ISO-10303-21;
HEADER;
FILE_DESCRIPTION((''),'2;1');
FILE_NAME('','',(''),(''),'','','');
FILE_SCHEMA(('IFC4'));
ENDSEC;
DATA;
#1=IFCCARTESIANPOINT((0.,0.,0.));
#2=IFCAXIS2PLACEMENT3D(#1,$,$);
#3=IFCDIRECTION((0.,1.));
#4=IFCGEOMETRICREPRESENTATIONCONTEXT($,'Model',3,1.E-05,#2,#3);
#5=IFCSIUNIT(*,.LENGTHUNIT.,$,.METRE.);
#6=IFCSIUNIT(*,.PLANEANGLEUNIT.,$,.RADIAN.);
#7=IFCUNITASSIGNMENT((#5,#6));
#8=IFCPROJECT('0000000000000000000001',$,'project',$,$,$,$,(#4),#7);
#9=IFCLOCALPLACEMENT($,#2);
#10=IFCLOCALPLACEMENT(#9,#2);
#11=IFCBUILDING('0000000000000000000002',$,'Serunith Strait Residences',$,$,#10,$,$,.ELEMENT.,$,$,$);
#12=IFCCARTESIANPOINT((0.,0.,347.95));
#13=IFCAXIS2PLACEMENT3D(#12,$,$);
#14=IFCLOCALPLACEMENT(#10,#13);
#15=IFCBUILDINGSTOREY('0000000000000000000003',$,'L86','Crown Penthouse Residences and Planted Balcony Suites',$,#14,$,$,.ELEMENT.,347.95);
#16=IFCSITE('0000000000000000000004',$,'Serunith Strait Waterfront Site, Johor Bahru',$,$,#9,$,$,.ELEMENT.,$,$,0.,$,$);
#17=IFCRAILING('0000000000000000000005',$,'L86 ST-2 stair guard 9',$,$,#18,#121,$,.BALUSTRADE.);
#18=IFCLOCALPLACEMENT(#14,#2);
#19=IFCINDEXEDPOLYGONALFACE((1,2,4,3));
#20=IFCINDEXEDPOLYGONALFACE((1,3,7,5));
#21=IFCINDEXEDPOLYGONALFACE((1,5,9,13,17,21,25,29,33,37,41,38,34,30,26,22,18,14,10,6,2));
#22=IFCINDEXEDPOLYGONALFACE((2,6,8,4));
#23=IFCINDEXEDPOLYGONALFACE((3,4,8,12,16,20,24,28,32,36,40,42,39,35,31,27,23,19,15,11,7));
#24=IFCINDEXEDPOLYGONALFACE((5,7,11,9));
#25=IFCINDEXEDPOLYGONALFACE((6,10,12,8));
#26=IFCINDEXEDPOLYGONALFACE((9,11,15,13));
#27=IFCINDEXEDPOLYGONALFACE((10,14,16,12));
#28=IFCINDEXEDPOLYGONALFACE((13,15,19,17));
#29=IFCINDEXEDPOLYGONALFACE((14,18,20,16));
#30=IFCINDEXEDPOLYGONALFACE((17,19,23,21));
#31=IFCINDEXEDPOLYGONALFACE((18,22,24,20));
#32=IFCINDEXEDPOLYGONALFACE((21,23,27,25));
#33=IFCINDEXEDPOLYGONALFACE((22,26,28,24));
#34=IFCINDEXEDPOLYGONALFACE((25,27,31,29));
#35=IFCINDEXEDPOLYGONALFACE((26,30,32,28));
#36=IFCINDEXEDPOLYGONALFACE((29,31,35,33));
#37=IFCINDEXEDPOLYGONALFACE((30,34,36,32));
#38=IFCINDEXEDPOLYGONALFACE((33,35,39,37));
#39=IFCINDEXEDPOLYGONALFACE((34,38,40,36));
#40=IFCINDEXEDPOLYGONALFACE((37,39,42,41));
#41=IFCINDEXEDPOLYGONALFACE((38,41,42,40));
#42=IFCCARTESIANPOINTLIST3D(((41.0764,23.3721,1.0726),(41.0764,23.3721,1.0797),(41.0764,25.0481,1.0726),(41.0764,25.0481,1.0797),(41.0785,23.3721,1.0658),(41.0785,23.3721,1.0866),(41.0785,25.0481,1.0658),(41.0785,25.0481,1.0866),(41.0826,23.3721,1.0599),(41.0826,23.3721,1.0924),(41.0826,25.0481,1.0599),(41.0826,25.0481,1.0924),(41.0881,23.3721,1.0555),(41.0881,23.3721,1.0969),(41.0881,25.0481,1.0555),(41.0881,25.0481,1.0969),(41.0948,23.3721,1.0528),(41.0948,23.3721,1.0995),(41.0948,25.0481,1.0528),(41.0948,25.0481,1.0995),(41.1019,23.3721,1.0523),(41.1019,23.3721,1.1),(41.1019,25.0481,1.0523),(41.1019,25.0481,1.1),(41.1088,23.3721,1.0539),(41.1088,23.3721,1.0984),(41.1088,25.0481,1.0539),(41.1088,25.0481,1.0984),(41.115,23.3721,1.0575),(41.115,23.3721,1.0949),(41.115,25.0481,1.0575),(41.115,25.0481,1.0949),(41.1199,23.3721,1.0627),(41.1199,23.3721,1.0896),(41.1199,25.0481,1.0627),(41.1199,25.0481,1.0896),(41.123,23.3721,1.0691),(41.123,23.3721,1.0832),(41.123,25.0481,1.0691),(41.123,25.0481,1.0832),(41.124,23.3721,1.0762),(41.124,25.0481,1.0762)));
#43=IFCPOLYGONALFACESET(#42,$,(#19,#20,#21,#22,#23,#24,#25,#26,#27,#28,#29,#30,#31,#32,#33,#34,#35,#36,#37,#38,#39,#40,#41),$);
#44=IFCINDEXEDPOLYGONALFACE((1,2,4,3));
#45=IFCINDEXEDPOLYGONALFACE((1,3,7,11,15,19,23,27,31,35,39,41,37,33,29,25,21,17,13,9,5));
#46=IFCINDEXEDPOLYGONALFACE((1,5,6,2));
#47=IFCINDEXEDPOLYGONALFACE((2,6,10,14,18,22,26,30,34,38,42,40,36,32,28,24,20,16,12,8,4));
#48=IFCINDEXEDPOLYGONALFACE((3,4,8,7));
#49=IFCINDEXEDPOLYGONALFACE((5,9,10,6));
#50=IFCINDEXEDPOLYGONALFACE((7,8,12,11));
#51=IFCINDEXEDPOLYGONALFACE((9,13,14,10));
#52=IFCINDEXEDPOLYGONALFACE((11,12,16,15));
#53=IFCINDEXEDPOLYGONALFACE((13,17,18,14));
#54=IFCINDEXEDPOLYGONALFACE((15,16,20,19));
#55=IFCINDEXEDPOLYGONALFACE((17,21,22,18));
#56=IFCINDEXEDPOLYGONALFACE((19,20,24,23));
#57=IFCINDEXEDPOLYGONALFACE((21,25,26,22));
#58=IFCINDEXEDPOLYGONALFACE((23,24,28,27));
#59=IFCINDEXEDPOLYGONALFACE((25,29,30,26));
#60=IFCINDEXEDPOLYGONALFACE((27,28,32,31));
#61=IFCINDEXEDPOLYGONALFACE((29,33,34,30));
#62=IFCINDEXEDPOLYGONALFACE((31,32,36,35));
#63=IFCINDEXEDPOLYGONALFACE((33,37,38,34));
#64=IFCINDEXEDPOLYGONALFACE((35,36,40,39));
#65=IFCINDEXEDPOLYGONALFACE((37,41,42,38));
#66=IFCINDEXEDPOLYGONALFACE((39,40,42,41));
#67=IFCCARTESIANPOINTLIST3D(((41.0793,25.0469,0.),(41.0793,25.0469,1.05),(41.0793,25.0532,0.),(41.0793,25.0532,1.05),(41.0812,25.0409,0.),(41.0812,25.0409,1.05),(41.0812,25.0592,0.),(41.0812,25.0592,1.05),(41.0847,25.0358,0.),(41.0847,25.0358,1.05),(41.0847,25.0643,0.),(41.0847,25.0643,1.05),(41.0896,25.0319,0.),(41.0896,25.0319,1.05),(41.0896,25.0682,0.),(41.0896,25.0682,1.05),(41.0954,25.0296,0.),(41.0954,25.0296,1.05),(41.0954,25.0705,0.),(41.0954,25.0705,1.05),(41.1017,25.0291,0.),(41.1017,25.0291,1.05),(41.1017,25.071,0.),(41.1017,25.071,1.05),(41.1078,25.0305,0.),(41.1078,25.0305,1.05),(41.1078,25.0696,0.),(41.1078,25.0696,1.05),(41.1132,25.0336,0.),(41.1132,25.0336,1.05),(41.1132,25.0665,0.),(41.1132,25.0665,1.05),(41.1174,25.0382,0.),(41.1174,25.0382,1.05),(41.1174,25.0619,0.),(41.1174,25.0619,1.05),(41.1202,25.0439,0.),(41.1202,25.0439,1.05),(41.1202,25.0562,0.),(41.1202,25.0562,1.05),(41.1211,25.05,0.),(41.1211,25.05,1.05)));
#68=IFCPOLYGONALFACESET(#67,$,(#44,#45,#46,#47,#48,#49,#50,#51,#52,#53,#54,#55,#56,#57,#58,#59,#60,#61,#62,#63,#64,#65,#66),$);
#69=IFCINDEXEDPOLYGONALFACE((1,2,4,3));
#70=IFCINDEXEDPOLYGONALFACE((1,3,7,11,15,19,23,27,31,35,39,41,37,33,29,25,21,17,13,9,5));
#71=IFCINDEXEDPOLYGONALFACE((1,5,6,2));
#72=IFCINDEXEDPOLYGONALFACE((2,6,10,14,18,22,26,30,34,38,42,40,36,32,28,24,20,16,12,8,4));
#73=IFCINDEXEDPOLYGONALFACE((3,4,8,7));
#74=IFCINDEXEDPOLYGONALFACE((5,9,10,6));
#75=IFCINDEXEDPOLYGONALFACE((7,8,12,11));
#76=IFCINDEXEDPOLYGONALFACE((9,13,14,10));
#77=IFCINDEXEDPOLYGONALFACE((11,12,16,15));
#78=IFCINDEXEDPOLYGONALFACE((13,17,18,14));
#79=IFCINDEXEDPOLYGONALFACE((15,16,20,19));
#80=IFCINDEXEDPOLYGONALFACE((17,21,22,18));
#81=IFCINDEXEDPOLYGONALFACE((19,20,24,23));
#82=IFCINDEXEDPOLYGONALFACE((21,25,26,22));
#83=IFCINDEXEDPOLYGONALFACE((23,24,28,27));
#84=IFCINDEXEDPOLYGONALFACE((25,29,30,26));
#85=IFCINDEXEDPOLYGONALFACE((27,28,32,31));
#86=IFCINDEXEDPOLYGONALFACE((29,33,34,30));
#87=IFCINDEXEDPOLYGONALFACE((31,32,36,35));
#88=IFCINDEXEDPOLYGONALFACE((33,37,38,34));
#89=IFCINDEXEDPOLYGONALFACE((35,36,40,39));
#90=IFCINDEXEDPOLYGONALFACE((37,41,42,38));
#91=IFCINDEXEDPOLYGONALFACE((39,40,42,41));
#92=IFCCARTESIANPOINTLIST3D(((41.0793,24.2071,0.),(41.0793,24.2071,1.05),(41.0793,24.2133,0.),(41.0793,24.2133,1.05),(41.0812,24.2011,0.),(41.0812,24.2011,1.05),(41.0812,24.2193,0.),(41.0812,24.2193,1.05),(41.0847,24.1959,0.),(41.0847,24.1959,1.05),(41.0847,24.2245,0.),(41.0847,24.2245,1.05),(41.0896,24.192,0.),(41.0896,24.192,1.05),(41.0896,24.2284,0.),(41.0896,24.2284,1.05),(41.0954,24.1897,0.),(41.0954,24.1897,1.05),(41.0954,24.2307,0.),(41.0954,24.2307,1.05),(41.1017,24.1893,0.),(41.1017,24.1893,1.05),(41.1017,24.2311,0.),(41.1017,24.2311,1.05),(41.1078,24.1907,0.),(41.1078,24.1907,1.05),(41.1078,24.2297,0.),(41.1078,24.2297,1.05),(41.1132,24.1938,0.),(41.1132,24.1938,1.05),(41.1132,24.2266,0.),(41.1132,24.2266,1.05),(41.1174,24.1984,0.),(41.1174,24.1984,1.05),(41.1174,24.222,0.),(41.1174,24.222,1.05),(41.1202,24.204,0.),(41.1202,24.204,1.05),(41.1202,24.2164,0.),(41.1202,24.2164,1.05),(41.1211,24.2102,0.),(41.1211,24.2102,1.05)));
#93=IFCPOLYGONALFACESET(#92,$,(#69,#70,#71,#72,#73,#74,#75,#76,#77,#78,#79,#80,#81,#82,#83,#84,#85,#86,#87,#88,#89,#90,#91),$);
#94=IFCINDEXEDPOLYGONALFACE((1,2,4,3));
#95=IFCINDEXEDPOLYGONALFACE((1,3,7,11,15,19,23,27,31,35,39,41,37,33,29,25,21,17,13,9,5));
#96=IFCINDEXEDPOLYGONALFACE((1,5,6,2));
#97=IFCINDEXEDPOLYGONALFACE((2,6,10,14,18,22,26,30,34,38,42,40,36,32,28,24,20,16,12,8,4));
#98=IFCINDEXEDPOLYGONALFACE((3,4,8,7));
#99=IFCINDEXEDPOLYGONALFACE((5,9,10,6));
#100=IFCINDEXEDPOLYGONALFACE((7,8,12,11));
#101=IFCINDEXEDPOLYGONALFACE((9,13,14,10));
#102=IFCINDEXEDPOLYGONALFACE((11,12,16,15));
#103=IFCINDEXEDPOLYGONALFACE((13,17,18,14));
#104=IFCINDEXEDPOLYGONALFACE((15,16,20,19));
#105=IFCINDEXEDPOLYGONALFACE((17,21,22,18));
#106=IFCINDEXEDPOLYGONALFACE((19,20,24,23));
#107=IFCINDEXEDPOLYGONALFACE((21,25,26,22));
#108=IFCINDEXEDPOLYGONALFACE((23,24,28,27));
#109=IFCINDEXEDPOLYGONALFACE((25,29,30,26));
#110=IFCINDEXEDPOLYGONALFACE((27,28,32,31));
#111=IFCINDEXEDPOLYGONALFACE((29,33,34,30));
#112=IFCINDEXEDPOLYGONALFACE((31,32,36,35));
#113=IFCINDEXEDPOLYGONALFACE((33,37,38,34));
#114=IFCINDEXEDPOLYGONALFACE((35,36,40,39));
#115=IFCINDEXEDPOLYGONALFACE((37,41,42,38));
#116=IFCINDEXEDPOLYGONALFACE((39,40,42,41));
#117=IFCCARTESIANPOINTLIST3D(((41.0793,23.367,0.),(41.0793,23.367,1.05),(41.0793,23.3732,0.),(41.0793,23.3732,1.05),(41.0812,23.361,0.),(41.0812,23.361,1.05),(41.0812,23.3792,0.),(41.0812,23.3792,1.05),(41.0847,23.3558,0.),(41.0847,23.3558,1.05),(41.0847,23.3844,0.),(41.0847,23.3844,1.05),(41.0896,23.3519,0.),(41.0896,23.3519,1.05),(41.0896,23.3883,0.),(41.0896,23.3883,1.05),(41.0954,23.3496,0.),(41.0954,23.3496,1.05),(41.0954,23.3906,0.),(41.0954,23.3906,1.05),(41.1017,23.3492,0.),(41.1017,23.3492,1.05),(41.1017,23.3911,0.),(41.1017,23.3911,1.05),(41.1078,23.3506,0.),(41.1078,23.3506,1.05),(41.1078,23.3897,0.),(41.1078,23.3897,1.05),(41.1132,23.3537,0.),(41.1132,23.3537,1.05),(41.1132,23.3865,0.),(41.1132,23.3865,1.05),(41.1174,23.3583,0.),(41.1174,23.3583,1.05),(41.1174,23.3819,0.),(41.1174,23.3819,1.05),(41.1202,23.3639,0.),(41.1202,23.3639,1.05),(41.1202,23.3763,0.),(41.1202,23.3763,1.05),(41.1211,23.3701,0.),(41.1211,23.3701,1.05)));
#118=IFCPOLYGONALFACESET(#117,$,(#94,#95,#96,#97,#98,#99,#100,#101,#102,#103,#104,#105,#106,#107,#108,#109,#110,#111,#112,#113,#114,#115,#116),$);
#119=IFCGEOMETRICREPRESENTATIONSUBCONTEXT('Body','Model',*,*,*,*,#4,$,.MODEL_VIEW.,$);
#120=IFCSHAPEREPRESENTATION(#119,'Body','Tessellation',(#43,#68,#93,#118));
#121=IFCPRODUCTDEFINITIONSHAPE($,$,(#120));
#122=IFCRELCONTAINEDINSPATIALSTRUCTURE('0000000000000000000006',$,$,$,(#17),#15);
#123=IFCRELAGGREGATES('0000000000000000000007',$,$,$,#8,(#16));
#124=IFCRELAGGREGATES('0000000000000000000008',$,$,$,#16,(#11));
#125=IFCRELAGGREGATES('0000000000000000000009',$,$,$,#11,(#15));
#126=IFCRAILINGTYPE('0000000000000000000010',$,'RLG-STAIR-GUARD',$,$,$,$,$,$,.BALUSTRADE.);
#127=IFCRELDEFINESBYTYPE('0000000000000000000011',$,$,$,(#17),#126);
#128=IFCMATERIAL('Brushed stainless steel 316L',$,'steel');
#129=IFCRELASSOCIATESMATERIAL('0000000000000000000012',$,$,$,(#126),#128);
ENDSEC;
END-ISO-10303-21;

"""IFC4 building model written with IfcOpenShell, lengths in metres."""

from ifc_helpers import new_model, si_unit, direction, frame, origin, origin_2d, place, context, subcontext, project, spatial, circle, extrude, material, type_object, element, save


model = new_model("IFC4")

# Units and contexts
model_context = context("Model", 3, precision=1e-05, world=origin(), true_north=direction((0.0, 1.0)))
body_context = subcontext(model_context, "Body", "Model", "MODEL_VIEW")
ifc_project = project(units=[si_unit("LENGTHUNIT", "METRE"), si_unit("PLANEANGLEUNIT", "RADIAN")], contexts=[model_context])

# Site, building, storey
site_placement = place(None, origin())
site = spatial("IfcSite", under=ifc_project, at=site_placement, Name="Serunith Strait Waterfront Site, Johor Bahru", CompositionType="ELEMENT", RefElevation=0.0)
building_placement = place(site_placement, origin())
building = spatial("IfcBuilding", under=site, at=building_placement, Name="Serunith Strait Residences", CompositionType="ELEMENT")
storey_placement = place(building_placement, frame((0.0, 0.0, 347.95)))
storey = spatial("IfcBuildingStorey", under=building, at=storey_placement, Name="L86", Description="Crown Penthouse Residences and Planted Balcony Suites", CompositionType="ELEMENT", Elevation=347.95)

# Railing
ifc_material_1 = material(Name="Brushed stainless steel 316L", Category="steel")
railing_type = type_object("IfcRailingType", Name="RLG-STAIR-GUARD", PredefinedType="BALUSTRADE", material=ifc_material_1)
for number, where, name in (
    (1, (41.1001, 25.05, 0.0), "L86 ST-2 stair guard 9"),
):
    element("IfcRailing", number, at=place(storey_placement, frame(where)), inside=storey, type_object=railing_type, Name=name, PredefinedType="BALUSTRADE", context=body_context, shape_type="SweptSolid", body=[
        extrude(circle(Radius=0.0239, at=origin_2d()), frame((0.0, -0.002, 1.0762), z_axis=(0.0, -1.0, 0.0), x_axis=(1.0, 0.0, 0.0)), (0.0, 0.0, 1.0), 1.676),
        extrude(circle(Radius=0.021, at=origin_2d()), origin(), (0.0, 0.0, 1.0), 1.05),
        extrude(circle(Radius=0.021, at=origin_2d()), frame((0.0, -0.8398, 0.0)), (0.0, 0.0, 1.0), 1.05),
        extrude(circle(Radius=0.021, at=origin_2d()), frame((0.0, -1.6799, 0.0)), (0.0, 0.0, 1.0), 1.05),
    ])

save(model, "model.ifc")
